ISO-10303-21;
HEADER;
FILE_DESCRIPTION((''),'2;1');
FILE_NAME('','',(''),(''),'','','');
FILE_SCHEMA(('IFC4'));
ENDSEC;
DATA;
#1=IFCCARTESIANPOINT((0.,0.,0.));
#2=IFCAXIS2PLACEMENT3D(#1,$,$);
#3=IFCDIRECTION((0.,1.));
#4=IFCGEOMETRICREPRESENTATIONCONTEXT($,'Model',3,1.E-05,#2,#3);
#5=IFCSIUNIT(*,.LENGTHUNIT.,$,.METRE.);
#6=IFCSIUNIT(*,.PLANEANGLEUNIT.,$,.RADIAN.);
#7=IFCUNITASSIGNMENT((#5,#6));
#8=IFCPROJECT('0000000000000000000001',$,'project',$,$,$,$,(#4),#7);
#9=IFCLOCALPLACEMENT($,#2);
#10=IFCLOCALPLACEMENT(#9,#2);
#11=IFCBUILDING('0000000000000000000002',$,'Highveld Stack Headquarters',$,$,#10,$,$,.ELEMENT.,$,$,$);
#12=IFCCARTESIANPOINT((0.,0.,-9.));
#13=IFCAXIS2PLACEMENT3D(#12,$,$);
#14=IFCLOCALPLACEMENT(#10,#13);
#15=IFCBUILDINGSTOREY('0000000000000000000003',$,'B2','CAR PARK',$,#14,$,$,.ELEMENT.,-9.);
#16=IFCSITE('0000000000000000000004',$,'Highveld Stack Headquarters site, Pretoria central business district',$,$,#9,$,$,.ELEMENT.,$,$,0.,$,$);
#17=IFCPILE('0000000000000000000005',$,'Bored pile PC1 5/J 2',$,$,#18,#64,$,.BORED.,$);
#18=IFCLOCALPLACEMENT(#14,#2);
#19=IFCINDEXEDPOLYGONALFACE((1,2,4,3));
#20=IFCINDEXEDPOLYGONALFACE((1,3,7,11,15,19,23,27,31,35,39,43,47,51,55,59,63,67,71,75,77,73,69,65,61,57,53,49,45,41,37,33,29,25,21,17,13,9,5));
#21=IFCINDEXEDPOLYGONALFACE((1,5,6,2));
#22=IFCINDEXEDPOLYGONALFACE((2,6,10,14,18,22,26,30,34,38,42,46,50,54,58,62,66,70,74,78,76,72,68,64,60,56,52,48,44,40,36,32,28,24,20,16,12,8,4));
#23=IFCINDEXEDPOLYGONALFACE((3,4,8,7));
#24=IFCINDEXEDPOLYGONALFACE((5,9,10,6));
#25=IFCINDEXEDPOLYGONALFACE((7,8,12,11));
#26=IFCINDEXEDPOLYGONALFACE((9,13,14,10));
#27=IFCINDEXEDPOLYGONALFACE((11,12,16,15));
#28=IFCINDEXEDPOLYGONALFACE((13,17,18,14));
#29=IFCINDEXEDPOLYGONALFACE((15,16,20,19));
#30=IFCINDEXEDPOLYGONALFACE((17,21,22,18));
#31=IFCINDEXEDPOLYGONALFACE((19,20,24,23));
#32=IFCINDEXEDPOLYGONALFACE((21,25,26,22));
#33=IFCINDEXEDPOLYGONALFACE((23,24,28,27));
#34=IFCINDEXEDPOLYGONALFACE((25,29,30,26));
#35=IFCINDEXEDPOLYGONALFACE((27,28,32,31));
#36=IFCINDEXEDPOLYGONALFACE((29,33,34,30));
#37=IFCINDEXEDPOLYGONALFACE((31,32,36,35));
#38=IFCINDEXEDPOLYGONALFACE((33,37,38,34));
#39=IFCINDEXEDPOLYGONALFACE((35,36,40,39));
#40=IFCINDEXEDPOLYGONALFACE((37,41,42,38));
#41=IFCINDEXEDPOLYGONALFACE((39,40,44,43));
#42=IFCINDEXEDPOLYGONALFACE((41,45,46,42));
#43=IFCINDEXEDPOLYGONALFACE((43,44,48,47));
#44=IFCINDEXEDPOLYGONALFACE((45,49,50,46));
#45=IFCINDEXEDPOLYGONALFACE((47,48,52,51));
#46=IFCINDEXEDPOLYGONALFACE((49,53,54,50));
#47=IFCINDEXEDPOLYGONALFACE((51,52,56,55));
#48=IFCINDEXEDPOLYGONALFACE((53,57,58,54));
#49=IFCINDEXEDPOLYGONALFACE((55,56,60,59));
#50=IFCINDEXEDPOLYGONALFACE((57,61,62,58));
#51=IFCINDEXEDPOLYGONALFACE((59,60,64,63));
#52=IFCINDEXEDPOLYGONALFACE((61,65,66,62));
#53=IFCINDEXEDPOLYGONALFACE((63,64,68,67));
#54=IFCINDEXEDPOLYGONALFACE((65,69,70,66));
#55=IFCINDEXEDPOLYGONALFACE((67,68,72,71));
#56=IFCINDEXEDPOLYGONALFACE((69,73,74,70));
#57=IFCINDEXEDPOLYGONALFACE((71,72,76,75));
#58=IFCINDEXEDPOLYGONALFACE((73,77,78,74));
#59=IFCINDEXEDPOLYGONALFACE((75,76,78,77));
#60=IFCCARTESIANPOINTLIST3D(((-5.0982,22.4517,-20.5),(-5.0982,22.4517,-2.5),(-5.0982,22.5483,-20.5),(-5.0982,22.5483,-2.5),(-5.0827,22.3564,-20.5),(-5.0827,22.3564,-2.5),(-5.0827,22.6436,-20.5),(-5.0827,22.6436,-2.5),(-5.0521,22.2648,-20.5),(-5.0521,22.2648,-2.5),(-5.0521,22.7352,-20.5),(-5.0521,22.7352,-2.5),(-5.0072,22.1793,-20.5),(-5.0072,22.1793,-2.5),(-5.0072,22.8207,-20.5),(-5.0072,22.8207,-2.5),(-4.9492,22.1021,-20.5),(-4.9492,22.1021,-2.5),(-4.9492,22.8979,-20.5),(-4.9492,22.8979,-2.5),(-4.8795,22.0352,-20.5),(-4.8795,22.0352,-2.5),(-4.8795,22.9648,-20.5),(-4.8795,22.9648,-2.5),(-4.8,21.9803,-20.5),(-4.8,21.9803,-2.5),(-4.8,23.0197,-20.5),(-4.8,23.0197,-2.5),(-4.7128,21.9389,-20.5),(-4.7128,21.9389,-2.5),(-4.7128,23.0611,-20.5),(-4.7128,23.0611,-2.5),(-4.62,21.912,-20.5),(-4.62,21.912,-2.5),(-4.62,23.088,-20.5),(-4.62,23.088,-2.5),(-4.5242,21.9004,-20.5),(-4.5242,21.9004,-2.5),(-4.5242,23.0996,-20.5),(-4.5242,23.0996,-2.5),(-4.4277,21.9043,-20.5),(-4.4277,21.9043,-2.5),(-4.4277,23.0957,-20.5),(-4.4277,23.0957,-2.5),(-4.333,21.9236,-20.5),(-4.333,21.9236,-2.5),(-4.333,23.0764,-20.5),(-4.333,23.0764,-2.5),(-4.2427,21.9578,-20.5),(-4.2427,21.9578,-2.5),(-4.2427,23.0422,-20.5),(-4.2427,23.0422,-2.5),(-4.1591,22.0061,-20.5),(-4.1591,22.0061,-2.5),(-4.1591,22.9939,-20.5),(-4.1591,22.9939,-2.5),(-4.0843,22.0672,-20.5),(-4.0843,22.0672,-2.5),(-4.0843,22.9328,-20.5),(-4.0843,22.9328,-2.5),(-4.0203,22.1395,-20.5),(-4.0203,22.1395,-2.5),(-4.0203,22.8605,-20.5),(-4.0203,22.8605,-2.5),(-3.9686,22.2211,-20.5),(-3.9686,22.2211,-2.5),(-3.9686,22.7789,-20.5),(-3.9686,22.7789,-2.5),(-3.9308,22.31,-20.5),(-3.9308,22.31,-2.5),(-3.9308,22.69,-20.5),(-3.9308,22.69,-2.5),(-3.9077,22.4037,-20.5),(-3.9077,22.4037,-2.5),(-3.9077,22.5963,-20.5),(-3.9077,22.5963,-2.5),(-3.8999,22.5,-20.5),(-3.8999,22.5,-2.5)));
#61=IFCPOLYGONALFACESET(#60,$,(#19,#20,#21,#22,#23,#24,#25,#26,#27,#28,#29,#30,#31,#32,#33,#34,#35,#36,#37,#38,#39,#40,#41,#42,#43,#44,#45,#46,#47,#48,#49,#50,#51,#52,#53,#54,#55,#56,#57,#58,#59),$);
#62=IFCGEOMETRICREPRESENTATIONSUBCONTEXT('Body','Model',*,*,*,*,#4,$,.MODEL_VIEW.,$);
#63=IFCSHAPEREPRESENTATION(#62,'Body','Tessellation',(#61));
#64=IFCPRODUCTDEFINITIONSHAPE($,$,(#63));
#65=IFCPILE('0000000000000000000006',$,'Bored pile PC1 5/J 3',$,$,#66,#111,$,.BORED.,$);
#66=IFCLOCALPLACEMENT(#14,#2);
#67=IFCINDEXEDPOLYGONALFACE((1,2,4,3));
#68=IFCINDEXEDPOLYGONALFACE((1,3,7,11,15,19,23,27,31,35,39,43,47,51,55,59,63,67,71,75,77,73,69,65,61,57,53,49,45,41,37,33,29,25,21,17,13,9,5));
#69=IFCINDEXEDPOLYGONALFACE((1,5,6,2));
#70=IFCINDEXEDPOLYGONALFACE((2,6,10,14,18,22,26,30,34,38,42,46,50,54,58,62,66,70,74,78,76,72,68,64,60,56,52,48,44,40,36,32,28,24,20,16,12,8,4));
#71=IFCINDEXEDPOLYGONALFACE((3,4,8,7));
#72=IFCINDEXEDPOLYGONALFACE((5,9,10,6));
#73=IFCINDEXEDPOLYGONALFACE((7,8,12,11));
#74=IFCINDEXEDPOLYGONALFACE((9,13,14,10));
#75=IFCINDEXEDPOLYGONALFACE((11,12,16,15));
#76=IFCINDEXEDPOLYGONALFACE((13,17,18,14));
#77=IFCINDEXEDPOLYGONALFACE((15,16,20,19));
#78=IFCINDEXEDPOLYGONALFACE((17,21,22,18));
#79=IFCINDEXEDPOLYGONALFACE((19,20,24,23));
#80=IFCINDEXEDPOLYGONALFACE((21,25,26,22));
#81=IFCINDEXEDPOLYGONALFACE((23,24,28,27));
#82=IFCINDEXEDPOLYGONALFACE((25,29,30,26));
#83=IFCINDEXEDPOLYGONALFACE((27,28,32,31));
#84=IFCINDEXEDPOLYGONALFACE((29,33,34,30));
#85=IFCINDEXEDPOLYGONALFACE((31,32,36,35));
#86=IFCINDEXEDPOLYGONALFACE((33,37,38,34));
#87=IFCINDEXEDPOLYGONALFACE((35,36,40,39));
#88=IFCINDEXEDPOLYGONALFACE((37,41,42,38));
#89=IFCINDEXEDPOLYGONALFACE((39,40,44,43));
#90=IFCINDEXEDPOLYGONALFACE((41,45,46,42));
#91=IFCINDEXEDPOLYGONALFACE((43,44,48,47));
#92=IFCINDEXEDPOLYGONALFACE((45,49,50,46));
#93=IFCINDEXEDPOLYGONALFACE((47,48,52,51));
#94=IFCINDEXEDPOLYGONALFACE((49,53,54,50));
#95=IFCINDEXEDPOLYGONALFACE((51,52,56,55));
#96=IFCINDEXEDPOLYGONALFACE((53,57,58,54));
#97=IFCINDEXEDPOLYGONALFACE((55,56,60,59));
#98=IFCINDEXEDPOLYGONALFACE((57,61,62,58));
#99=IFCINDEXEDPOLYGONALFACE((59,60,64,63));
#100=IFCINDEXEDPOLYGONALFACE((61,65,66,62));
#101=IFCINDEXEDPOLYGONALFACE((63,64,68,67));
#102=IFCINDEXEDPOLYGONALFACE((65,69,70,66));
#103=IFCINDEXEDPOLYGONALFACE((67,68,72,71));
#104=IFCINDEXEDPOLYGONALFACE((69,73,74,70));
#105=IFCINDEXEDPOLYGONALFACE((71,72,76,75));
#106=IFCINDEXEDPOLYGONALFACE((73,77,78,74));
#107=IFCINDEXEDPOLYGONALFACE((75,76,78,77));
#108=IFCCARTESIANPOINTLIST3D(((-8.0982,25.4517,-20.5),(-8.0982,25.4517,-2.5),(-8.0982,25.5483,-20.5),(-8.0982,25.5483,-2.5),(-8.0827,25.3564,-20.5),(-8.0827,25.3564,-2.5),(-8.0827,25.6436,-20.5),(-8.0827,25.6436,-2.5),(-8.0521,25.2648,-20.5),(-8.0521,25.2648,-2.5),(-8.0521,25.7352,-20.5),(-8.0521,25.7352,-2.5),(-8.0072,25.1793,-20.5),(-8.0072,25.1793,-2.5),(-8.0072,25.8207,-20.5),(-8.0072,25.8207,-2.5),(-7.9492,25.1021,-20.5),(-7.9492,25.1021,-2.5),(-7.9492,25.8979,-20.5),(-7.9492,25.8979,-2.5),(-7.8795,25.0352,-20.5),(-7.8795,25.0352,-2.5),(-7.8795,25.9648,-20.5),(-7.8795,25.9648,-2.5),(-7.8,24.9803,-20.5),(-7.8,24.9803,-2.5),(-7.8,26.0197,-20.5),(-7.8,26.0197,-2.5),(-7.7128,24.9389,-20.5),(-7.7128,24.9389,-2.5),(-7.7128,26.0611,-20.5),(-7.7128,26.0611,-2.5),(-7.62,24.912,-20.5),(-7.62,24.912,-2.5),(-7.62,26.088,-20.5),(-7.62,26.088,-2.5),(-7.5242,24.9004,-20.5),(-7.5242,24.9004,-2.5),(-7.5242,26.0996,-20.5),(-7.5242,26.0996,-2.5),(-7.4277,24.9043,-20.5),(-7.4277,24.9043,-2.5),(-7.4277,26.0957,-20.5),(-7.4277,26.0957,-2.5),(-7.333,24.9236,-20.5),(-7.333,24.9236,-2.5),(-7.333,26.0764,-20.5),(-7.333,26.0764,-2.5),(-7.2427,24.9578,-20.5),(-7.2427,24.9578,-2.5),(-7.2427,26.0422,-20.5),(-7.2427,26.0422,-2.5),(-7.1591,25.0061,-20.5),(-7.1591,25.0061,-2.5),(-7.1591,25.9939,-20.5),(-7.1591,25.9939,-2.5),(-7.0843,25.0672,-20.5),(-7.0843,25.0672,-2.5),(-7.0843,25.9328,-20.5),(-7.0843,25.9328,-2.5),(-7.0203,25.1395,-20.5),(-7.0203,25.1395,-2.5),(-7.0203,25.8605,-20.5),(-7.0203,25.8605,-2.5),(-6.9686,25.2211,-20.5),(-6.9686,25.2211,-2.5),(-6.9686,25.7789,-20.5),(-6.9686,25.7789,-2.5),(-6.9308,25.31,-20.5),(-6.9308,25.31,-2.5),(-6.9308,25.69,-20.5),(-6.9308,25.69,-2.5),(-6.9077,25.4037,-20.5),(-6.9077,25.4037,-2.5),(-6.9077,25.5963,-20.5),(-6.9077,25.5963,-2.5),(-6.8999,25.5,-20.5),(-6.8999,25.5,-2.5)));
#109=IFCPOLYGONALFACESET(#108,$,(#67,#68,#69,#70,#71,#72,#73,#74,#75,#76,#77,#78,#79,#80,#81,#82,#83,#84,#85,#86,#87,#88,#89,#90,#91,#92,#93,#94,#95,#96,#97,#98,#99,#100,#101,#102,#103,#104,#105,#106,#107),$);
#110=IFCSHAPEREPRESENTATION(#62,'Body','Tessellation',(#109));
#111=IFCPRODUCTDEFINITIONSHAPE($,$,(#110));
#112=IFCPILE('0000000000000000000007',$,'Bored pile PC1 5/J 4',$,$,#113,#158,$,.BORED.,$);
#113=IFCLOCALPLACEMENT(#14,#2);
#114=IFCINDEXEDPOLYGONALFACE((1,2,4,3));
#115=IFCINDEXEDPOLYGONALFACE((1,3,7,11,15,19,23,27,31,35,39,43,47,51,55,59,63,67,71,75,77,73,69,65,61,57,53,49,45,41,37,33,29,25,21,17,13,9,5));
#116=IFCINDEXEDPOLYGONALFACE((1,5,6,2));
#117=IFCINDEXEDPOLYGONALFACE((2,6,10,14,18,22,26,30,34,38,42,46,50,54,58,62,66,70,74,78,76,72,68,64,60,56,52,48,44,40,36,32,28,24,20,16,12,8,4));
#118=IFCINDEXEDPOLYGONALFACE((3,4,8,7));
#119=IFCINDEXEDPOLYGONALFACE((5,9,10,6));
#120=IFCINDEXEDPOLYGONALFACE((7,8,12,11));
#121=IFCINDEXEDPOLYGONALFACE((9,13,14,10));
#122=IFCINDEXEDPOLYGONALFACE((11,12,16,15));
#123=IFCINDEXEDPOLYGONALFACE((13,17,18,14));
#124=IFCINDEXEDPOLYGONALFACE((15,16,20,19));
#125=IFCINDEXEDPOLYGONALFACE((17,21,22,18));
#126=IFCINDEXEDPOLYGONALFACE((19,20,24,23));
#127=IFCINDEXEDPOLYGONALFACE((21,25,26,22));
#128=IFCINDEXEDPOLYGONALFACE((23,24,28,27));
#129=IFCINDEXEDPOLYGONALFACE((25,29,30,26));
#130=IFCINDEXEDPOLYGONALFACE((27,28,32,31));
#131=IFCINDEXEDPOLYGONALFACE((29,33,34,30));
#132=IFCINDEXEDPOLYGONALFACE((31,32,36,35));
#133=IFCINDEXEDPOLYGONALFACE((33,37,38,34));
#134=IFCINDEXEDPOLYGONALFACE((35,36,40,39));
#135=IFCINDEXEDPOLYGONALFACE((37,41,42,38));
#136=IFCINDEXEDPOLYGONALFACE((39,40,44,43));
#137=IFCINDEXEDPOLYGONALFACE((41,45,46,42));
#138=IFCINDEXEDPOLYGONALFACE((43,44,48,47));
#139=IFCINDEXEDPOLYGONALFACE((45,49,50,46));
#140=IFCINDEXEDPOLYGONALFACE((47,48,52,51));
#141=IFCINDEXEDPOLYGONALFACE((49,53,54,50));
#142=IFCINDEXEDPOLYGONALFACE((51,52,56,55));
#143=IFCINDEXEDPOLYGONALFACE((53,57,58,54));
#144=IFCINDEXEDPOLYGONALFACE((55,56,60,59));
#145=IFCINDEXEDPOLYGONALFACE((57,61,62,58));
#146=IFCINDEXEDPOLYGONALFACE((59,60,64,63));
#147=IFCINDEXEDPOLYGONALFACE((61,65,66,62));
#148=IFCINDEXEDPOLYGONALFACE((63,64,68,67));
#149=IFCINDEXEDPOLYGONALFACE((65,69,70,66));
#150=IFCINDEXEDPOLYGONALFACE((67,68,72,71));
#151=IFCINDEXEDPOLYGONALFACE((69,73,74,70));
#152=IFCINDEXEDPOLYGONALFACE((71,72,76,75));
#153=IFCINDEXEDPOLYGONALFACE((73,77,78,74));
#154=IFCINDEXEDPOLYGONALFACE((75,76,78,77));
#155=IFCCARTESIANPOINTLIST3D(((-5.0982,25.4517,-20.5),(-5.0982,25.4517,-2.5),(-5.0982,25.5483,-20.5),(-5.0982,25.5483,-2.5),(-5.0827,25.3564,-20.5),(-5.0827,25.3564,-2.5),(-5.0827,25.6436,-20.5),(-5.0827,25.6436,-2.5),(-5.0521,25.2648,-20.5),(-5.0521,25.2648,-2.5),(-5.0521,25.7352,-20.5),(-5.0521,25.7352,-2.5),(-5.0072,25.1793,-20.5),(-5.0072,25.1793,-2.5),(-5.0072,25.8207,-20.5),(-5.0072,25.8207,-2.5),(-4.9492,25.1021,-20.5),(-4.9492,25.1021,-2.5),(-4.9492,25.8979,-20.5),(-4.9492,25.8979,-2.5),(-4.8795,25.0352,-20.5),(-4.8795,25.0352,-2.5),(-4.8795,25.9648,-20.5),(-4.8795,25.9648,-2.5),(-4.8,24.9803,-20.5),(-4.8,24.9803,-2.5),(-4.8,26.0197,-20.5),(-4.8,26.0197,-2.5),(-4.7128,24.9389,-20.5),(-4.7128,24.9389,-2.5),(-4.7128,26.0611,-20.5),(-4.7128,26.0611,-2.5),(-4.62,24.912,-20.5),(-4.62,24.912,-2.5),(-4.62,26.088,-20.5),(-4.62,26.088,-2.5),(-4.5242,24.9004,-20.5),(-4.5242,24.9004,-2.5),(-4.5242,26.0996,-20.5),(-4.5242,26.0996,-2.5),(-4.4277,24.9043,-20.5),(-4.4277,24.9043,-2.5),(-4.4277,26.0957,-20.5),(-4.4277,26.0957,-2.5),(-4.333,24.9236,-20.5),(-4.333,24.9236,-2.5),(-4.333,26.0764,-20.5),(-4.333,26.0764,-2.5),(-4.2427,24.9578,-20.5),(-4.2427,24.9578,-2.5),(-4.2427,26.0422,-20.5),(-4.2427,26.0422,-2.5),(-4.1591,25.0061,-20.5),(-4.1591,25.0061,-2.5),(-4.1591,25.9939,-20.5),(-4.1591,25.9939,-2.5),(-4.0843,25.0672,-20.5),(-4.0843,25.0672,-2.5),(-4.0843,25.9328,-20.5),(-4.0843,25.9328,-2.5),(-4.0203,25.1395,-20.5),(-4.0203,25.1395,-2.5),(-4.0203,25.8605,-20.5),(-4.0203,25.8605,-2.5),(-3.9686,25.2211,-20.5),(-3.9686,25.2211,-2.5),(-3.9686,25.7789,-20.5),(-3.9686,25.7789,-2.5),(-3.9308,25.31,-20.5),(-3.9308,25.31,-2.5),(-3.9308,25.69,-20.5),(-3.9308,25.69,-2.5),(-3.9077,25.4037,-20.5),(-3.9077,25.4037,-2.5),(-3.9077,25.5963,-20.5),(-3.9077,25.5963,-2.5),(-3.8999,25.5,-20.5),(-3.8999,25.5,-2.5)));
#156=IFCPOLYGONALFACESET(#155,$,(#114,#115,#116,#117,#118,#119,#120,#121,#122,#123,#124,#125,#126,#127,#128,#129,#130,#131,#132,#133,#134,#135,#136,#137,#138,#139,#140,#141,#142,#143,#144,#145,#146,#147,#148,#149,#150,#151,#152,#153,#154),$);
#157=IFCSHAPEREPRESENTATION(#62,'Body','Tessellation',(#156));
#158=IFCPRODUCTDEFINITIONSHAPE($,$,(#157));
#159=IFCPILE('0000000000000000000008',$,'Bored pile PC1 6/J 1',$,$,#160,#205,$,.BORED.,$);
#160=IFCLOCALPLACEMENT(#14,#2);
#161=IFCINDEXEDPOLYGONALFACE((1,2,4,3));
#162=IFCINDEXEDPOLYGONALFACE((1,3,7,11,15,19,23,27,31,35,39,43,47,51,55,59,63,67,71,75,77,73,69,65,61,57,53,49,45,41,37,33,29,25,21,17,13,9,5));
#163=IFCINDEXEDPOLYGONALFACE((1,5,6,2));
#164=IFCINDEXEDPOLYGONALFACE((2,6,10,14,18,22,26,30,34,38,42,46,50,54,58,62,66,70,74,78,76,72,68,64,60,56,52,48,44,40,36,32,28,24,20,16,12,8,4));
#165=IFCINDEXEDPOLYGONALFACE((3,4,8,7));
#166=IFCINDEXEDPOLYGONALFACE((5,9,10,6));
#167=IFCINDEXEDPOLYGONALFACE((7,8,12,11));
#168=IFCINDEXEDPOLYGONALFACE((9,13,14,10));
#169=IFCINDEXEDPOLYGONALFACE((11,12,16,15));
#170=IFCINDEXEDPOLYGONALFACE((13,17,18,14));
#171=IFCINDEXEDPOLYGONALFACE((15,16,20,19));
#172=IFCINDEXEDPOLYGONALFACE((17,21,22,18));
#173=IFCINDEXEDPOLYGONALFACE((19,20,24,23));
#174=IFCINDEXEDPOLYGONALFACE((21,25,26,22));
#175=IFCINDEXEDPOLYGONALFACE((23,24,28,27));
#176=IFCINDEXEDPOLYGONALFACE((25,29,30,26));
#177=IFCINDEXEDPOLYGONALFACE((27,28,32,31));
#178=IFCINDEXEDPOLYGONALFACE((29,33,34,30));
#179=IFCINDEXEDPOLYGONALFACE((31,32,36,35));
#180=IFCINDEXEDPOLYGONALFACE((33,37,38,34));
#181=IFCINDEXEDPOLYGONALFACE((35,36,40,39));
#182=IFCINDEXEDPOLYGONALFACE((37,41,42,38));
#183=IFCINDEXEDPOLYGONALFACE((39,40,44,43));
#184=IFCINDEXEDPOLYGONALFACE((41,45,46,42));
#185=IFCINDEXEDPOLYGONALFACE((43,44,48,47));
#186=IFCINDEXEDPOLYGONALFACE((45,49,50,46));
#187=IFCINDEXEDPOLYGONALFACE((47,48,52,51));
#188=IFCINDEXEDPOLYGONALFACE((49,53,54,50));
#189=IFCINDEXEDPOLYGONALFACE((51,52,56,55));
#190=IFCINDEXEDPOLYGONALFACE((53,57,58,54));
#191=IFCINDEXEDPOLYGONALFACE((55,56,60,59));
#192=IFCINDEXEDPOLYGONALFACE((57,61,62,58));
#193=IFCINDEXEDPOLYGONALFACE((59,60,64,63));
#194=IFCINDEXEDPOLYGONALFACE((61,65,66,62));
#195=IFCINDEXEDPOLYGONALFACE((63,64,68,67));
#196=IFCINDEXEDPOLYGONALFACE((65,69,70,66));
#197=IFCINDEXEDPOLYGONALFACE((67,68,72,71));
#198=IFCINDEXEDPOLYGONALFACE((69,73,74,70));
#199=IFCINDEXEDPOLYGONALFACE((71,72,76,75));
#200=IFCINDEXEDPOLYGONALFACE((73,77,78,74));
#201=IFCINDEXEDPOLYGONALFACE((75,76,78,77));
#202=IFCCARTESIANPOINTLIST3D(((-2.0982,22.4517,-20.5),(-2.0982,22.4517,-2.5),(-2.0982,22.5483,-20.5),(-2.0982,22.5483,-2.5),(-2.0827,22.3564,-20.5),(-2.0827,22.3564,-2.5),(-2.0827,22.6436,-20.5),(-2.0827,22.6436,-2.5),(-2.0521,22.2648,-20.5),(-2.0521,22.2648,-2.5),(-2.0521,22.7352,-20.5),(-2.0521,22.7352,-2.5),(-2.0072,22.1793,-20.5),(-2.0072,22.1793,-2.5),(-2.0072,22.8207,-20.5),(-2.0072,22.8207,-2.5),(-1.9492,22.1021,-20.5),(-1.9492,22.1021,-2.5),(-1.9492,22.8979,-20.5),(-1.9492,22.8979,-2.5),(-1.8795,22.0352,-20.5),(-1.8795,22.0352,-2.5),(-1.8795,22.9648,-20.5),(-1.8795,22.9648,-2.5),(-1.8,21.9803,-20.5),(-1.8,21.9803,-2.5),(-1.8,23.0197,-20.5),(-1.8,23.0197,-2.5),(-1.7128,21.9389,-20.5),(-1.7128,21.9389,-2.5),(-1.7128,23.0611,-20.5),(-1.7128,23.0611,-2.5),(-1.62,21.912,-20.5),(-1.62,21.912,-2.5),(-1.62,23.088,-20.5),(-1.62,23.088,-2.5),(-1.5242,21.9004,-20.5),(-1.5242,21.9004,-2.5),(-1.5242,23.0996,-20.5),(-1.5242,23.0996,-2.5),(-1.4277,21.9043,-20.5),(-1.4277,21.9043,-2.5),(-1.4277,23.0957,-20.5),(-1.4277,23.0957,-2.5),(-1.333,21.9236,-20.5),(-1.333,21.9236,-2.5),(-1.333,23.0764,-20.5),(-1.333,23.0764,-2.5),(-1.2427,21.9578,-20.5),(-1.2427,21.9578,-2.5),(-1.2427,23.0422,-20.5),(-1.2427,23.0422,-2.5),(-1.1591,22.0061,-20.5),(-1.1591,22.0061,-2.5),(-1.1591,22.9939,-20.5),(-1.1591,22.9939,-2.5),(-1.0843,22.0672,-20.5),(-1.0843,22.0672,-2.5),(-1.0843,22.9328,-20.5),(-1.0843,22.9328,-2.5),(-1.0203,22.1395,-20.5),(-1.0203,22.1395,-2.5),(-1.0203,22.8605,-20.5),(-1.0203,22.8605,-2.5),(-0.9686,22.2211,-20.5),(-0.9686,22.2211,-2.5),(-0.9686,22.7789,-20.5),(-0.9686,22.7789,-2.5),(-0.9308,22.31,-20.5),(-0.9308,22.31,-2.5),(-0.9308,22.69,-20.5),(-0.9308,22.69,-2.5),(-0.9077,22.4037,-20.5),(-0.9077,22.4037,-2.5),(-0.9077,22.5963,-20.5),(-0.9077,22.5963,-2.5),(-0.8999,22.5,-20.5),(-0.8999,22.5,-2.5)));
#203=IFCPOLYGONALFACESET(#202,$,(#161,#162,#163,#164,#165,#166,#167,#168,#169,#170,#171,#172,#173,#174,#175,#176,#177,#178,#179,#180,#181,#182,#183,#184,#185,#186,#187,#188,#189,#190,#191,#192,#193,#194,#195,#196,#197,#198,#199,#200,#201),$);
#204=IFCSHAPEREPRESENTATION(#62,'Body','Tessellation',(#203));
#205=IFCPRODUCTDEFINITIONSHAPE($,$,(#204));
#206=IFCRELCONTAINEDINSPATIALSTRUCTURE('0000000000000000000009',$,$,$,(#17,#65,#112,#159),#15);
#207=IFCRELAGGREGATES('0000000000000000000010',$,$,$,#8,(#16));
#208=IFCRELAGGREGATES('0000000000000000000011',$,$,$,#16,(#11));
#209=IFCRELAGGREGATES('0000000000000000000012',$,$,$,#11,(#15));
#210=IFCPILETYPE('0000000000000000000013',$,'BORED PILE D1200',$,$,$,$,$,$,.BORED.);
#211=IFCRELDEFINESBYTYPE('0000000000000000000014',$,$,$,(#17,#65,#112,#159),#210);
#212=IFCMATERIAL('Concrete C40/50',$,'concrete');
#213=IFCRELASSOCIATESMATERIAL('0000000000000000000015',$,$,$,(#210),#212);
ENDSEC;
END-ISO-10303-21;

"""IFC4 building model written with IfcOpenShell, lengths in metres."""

from ifc_helpers import new_model, si_unit, direction, frame, origin, origin_2d, place, context, subcontext, project, spatial, circle, extrude, material, type_object, element, save


model = new_model("IFC4")

# Units and contexts
model_context = context("Model", 3, precision=1e-05, world=origin(), true_north=direction((0.0, 1.0)))
body_context = subcontext(model_context, "Body", "Model", "MODEL_VIEW")
ifc_project = project(units=[si_unit("LENGTHUNIT", "METRE"), si_unit("PLANEANGLEUNIT", "RADIAN")], contexts=[model_context])

# Site, building, storey
site_placement = place(None, origin())
site = spatial("IfcSite", under=ifc_project, at=site_placement, Name="Highveld Stack Headquarters site, Pretoria central business district", CompositionType="ELEMENT", RefElevation=0.0)
building_placement = place(site_placement, origin())
building = spatial("IfcBuilding", under=site, at=building_placement, Name="Highveld Stack Headquarters", CompositionType="ELEMENT")
storey_placement = place(building_placement, frame((0.0, 0.0, -9.0)))
storey = spatial("IfcBuildingStorey", under=building, at=storey_placement, Name="B2", Description="CAR PARK", CompositionType="ELEMENT", Elevation=-9.0)

# Piles
ifc_material_1 = material(Name="Concrete C40/50", Category="concrete")
pile_type_1 = type_object("IfcPileType", Name="BORED PILE D1200", PredefinedType="BORED", material=ifc_material_1)
for number, where, z_axis, x_axis, name in (
    (1, (-4.5, 22.5, -2.5), (0.0, 0.0, -1.0), (1.0, 0.0, 0.0), "Bored pile PC1 5/J 2"),
    (2, (-7.5, 25.5, -2.5), (0.0, 0.0, -1.0), (1.0, 0.0, 0.0), "Bored pile PC1 5/J 3"),
    (3, (-4.5, 25.5, -2.5), (0.0, 0.0, -1.0), (1.0, 0.0, 0.0), "Bored pile PC1 5/J 4"),
    (4, (-1.5, 22.5, -2.5), (0.0, 0.0, -1.0), (1.0, 0.0, 0.0), "Bored pile PC1 6/J 1"),
):
    element("IfcPile", number, at=place(storey_placement, frame(where, z_axis=z_axis, x_axis=x_axis)), inside=storey, type_object=pile_type_1, Name=name, PredefinedType="BORED", context=body_context, shape_type="SweptSolid", body=[
        extrude(circle(Radius=0.6001, at=origin_2d()), origin(), (0.0, 0.0, 1.0), 18.0),
    ])

save(model, "model.ifc")
